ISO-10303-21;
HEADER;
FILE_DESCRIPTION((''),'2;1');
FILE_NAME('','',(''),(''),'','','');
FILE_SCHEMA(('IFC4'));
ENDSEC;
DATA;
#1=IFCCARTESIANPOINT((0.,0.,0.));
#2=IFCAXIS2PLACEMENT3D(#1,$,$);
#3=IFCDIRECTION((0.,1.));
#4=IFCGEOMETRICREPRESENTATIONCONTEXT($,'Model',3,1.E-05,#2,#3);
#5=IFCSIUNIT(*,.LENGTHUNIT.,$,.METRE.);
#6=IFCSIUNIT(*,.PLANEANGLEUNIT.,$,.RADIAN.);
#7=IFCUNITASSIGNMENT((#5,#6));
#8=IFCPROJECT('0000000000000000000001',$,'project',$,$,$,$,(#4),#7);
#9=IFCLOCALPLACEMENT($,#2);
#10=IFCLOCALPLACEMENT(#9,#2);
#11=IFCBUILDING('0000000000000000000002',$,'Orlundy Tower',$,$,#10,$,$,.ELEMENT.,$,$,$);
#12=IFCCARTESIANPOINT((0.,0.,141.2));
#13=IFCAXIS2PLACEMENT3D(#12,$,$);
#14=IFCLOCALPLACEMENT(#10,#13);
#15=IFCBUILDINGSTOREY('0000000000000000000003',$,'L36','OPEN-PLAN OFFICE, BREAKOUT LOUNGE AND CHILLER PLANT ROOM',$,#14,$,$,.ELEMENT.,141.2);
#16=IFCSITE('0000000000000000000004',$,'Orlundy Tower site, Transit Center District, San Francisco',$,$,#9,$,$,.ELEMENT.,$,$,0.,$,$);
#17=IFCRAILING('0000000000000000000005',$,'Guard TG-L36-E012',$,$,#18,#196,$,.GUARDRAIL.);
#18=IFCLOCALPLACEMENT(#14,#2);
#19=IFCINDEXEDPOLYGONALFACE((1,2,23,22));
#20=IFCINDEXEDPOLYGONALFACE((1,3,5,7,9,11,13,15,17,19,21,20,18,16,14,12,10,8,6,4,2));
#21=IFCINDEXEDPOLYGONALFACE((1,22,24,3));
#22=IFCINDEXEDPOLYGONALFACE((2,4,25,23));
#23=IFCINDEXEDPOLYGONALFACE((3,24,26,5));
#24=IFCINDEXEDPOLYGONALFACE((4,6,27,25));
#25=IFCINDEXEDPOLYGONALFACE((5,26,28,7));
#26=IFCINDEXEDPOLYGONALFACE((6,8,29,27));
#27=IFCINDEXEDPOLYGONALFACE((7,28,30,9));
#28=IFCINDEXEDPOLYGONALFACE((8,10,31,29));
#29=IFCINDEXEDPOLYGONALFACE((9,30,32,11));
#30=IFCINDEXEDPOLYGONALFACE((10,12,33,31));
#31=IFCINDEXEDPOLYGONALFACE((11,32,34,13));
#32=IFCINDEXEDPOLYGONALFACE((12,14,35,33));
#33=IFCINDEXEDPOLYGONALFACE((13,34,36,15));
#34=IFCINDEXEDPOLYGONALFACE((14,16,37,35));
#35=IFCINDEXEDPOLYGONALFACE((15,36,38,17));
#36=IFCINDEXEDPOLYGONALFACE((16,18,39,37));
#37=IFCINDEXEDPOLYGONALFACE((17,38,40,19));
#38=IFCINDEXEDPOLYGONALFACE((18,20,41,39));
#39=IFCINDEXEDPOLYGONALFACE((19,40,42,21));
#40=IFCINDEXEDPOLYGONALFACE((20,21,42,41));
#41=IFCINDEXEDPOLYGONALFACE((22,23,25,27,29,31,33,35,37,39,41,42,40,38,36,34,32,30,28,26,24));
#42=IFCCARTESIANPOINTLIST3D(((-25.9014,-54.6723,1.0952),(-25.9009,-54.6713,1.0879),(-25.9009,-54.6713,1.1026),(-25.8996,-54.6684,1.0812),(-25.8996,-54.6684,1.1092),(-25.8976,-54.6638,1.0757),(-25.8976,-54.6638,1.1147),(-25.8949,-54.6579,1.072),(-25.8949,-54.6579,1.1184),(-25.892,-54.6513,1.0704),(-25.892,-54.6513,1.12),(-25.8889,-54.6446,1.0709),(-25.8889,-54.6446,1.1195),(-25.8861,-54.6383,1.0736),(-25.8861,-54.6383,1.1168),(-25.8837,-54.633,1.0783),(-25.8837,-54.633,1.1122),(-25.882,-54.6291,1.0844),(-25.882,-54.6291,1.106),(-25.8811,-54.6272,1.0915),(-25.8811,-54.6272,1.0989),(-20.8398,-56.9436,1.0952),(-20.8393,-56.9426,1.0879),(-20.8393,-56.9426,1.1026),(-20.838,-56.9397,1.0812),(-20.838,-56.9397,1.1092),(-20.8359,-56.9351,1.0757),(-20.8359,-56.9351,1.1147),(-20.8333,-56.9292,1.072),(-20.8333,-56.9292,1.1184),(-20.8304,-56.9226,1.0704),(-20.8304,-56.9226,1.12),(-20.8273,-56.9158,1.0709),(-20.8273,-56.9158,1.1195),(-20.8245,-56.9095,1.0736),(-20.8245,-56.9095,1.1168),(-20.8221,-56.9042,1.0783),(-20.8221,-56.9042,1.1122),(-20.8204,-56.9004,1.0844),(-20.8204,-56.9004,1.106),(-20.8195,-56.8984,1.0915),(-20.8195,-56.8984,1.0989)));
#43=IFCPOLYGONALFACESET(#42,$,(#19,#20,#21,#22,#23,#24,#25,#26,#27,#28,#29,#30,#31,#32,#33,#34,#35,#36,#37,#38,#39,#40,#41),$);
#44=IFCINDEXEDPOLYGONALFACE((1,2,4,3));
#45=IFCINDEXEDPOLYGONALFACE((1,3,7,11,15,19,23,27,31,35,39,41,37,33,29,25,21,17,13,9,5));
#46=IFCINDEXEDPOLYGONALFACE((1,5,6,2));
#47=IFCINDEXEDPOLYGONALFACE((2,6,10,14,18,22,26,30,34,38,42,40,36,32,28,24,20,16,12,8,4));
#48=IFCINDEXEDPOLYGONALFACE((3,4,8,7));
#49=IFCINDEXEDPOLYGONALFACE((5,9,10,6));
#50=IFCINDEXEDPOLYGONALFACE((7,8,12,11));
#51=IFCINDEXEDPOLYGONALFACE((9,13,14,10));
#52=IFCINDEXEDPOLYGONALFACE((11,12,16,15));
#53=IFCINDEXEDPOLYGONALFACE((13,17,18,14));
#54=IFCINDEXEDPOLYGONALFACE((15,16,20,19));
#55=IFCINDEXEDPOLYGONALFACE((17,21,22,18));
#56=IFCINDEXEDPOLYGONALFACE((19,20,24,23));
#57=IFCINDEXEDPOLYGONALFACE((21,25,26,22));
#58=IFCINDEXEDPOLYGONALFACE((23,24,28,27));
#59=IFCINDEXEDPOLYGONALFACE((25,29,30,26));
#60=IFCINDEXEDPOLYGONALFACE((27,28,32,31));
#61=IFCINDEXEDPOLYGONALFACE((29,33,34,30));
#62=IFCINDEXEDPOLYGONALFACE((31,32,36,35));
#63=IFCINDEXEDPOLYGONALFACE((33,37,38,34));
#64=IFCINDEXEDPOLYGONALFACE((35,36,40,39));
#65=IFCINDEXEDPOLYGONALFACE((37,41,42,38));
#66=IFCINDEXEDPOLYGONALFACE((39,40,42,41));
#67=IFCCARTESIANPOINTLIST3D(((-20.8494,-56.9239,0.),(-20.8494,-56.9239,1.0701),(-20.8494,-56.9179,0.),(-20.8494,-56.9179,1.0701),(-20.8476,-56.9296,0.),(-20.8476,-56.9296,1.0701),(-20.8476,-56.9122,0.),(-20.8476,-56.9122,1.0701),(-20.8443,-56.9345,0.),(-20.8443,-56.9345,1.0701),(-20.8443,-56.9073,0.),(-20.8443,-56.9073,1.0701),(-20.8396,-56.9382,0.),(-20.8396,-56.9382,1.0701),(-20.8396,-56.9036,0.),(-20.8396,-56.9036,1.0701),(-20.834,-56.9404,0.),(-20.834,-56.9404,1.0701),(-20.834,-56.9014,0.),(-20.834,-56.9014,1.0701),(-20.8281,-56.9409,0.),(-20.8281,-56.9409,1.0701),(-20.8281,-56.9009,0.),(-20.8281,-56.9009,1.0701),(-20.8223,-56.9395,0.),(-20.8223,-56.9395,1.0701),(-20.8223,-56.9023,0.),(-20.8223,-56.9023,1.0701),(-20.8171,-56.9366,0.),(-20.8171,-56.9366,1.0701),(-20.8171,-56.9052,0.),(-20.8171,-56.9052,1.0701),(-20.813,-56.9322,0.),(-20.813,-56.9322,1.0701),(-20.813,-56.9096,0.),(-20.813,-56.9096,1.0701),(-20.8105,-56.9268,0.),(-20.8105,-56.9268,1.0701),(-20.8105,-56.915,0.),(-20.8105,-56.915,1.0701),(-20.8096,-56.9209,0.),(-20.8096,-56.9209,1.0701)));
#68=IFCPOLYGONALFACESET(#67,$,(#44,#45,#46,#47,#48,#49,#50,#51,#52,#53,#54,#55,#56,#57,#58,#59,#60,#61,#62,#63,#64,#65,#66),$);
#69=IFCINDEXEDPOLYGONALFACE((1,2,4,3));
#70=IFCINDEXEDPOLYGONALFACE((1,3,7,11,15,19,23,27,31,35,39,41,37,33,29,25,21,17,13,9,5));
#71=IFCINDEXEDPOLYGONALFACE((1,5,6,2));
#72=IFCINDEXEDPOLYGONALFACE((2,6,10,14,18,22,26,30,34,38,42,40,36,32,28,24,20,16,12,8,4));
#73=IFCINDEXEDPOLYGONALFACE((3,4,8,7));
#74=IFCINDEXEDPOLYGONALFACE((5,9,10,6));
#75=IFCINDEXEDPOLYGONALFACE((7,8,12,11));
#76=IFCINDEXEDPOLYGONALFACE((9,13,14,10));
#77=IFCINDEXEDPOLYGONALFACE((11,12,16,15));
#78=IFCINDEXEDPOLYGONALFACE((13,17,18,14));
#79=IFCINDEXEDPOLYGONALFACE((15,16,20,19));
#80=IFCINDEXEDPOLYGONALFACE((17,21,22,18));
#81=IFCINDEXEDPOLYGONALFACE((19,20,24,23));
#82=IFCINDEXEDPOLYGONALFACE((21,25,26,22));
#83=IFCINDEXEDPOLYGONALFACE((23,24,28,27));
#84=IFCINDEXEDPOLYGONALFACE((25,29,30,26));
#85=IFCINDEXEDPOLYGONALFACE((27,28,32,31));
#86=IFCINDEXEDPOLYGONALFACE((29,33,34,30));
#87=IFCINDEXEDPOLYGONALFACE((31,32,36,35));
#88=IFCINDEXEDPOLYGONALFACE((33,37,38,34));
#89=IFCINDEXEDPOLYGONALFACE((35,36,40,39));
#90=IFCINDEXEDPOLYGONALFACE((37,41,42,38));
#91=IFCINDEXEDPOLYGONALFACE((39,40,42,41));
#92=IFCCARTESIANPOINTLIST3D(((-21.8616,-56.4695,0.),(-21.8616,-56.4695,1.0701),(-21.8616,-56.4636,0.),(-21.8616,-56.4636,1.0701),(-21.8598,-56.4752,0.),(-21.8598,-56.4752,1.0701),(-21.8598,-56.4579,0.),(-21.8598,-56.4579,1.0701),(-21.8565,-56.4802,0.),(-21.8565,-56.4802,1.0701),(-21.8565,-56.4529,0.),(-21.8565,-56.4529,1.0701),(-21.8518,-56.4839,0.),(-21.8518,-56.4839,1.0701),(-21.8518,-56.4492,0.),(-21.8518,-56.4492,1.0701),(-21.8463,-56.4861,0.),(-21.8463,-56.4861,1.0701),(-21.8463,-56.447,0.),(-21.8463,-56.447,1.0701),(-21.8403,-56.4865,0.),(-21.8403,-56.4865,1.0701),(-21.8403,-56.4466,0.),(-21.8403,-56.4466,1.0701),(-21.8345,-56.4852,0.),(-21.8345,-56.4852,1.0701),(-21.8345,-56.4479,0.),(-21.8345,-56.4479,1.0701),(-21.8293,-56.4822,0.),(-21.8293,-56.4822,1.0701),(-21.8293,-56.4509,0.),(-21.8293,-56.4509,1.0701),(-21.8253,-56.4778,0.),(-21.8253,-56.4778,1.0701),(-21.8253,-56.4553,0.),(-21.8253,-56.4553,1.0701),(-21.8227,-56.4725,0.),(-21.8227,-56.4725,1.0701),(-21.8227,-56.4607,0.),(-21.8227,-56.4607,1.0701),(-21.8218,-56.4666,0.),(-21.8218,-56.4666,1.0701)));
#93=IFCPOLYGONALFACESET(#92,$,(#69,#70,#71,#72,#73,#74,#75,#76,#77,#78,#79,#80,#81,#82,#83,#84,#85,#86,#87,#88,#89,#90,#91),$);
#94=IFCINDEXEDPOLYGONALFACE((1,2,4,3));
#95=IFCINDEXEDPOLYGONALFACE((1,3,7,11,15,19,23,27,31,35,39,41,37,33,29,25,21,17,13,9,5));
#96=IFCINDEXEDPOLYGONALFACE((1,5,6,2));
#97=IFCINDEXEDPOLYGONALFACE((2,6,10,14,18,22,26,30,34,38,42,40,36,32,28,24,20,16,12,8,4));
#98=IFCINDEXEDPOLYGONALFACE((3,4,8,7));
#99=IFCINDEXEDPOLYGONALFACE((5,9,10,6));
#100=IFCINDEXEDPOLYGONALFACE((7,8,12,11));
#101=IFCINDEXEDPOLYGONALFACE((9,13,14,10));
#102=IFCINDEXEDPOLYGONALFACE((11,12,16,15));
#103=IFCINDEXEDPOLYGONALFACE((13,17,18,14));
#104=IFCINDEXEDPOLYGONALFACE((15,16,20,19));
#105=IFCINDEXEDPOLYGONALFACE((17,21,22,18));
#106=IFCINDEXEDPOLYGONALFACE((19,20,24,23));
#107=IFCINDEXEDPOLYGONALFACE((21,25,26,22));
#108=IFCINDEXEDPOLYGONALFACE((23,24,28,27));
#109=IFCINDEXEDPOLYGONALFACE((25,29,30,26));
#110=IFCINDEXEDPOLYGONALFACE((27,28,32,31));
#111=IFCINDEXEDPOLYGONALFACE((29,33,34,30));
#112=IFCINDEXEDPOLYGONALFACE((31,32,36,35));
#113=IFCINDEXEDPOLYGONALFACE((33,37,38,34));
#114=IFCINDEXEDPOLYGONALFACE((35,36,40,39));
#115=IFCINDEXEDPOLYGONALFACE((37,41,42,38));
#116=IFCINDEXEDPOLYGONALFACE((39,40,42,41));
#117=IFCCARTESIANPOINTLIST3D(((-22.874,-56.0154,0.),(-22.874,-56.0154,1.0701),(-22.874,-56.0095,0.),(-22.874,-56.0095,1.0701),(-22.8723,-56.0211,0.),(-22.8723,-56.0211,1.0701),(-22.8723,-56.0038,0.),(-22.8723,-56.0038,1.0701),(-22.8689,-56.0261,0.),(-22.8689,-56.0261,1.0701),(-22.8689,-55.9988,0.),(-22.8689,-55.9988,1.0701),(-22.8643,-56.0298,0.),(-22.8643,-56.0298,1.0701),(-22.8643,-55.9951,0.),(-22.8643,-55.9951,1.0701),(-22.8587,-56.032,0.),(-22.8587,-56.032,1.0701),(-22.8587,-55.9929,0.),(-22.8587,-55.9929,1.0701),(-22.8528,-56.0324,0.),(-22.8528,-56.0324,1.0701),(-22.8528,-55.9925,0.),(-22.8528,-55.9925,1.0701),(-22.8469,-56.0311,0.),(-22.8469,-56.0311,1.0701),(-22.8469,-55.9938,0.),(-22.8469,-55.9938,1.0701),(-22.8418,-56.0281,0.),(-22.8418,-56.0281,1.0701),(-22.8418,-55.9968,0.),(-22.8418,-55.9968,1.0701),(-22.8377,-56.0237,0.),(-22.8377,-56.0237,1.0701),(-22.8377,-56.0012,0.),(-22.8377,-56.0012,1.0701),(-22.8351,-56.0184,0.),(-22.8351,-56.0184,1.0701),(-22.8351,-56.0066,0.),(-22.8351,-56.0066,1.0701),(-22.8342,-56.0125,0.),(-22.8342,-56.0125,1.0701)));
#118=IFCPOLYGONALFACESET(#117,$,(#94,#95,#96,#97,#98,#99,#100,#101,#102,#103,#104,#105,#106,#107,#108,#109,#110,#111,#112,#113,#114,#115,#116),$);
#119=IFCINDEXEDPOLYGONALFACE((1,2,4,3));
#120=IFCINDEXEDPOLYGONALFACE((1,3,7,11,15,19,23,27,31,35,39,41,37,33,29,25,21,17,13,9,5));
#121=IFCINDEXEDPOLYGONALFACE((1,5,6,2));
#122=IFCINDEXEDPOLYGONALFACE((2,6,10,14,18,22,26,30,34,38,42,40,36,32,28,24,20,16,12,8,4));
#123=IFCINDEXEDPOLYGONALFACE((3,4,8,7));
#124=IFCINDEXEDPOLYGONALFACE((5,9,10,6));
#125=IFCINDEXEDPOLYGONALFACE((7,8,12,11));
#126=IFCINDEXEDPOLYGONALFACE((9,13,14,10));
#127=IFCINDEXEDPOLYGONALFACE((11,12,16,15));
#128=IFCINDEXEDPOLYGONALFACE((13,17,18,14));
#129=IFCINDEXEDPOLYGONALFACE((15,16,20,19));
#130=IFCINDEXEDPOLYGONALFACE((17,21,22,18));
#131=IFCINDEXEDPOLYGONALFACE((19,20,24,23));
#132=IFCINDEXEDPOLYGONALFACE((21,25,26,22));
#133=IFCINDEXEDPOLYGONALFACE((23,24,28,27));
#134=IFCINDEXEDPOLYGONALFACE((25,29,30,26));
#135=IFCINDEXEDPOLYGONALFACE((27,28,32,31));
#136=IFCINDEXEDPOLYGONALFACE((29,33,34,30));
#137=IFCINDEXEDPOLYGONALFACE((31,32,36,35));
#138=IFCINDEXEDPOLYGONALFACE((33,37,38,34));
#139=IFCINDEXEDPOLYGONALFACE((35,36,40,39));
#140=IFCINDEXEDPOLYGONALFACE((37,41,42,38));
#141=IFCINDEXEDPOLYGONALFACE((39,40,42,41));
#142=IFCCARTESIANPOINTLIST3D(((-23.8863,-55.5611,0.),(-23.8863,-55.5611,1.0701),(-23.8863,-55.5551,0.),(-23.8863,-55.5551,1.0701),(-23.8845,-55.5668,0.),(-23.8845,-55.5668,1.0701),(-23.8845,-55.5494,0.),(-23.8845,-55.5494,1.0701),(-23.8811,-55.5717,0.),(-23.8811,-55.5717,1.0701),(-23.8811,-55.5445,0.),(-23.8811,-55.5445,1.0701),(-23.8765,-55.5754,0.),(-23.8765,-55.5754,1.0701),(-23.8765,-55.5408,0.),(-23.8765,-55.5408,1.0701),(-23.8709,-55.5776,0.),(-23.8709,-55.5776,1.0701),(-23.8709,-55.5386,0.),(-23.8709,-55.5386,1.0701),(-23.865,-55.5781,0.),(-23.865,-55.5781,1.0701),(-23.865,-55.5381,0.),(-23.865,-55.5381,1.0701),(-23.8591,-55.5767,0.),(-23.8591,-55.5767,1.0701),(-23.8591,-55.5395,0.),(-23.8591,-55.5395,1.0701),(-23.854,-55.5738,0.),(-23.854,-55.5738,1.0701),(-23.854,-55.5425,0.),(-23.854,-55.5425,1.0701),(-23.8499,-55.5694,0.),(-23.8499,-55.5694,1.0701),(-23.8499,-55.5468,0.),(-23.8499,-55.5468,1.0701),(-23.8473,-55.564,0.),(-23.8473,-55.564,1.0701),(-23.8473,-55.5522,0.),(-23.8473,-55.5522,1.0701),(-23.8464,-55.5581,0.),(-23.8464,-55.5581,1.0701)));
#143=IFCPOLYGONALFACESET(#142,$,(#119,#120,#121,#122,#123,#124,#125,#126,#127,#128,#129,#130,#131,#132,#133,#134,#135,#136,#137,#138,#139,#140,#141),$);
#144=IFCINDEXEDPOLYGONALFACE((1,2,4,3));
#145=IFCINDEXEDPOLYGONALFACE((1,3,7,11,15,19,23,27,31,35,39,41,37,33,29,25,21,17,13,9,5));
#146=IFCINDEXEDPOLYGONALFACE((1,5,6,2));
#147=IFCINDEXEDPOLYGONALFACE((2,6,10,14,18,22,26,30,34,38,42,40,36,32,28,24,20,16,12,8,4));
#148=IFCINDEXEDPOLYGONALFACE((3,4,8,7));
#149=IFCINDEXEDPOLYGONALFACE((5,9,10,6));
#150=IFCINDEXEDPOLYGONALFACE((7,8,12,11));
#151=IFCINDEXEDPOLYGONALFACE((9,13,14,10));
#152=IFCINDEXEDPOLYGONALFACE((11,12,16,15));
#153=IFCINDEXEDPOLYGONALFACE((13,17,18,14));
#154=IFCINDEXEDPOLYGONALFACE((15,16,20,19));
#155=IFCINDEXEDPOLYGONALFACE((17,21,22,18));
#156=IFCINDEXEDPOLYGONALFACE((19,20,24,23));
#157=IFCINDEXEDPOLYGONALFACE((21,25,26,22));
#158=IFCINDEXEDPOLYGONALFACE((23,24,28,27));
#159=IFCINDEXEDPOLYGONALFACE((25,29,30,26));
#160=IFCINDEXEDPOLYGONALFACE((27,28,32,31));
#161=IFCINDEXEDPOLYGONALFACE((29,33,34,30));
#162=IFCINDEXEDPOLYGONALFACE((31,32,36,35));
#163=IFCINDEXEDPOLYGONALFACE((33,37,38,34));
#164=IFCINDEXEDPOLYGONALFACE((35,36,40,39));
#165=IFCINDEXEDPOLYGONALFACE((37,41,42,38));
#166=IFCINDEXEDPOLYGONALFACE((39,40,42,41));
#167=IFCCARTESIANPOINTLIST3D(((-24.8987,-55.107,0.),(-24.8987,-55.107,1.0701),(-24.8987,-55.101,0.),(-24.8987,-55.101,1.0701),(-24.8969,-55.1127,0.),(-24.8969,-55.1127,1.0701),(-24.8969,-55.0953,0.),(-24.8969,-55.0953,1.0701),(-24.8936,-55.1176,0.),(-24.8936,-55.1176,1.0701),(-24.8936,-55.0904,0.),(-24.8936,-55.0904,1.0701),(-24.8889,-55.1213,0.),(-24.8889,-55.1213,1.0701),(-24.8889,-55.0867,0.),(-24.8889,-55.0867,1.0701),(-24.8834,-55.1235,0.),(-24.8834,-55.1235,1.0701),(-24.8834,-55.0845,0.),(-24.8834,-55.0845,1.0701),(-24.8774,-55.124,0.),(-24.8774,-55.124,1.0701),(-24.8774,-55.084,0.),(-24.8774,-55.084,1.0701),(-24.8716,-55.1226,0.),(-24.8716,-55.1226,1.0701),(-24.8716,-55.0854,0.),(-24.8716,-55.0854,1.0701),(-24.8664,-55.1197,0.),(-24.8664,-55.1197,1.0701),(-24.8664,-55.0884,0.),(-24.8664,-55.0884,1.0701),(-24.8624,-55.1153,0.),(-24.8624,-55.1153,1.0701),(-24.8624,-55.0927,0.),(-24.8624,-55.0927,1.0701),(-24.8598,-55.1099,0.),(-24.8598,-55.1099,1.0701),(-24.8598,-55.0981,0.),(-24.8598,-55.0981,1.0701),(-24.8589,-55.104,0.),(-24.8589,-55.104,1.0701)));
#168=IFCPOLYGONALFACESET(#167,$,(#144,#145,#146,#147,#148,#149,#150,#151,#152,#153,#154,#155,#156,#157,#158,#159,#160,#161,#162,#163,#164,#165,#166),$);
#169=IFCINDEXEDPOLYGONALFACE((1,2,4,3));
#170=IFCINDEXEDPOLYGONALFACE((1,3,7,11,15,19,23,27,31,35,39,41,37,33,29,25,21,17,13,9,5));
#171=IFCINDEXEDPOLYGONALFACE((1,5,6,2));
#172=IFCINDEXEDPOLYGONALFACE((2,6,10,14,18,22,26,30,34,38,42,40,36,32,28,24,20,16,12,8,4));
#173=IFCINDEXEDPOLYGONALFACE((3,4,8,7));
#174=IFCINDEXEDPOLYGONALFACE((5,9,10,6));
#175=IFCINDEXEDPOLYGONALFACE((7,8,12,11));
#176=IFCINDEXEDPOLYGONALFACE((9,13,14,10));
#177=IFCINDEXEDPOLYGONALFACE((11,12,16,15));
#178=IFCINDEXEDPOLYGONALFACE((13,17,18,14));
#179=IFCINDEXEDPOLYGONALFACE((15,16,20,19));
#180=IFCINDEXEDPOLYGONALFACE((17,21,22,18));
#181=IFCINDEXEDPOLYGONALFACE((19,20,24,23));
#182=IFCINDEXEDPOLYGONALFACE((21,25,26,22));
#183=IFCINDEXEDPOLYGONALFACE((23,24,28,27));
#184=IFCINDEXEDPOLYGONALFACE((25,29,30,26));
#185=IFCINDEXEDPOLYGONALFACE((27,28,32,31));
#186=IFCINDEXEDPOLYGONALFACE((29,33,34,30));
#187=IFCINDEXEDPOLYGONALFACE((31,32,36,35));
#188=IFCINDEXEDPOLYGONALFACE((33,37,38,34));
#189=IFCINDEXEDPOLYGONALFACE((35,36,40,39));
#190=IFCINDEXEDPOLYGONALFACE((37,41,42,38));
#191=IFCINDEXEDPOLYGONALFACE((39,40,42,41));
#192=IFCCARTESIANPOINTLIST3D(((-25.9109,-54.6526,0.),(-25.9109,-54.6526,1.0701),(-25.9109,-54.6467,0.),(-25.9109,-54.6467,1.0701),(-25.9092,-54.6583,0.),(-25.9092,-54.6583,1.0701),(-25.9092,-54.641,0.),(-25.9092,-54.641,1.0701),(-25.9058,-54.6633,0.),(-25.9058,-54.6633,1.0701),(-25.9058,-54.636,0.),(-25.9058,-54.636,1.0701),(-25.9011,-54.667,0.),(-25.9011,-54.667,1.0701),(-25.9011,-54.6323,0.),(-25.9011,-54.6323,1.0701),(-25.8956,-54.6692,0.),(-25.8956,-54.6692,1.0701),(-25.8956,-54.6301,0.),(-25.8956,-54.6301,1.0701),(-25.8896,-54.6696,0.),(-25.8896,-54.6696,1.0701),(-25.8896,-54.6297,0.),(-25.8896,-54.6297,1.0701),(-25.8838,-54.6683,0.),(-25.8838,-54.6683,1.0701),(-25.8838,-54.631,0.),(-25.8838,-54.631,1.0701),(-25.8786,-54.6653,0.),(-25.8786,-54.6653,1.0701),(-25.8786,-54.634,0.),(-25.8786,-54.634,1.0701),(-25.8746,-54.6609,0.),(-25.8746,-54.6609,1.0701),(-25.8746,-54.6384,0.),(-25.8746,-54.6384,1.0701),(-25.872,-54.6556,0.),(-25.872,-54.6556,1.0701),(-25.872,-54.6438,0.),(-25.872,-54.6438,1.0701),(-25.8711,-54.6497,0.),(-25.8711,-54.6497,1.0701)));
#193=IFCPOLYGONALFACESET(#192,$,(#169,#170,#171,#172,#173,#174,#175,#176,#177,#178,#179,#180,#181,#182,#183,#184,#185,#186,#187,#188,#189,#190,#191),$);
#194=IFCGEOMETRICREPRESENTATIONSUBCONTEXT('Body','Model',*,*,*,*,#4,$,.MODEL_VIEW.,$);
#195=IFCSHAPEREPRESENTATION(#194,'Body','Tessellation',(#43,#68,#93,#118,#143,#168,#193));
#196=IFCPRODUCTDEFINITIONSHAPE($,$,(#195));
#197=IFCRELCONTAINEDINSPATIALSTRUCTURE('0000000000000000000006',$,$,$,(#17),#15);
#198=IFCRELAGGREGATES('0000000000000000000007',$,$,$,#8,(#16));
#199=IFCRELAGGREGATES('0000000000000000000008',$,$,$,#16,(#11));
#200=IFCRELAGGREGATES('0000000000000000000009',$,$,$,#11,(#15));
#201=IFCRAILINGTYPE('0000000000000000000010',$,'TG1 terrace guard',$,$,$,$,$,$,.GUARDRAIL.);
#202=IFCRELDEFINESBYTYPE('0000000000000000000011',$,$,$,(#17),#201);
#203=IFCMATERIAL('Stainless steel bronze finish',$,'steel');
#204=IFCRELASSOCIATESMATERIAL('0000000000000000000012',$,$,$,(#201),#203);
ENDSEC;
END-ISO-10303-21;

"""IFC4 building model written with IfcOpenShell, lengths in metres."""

from ifc_helpers import new_model, si_unit, direction, frame, origin, origin_2d, place, context, subcontext, project, spatial, circle, extrude, material, type_object, element, save


model = new_model("IFC4")

# Units and contexts
model_context = context("Model", 3, precision=1e-05, world=origin(), true_north=direction((0.0, 1.0)))
body_context = subcontext(model_context, "Body", "Model", "MODEL_VIEW")
ifc_project = project(units=[si_unit("LENGTHUNIT", "METRE"), si_unit("PLANEANGLEUNIT", "RADIAN")], contexts=[model_context])

# Site, building, storey
site_placement = place(None, origin())
site = spatial("IfcSite", under=ifc_project, at=site_placement, Name="Orlundy Tower site, Transit Center District, San Francisco", CompositionType="ELEMENT", RefElevation=0.0)
building_placement = place(site_placement, origin())
building = spatial("IfcBuilding", under=site, at=building_placement, Name="Orlundy Tower", CompositionType="ELEMENT")
storey_placement = place(building_placement, frame((0.0, 0.0, 141.2)))
storey = spatial("IfcBuildingStorey", under=building, at=storey_placement, Name="L36", Description="OPEN-PLAN OFFICE, BREAKOUT LOUNGE AND CHILLER PLANT ROOM", CompositionType="ELEMENT", Elevation=141.2)

# Railing
ifc_material_1 = material(Name="Stainless steel bronze finish", Category="steel")
railing_type = type_object("IfcRailingType", Name="TG1 terrace guard", PredefinedType="GUARDRAIL", material=ifc_material_1)
railing_1_placement = place(storey_placement, frame((-20.8296, -56.9209, 0.0)))
element("IfcRailing", 1, at=railing_1_placement, inside=storey, type_object=railing_type, Name="Guard TG-L36-E012", PredefinedType="GUARDRAIL", context=body_context, shape_type="SweptSolid", body=[
    extrude(circle(Radius=0.0249, at=origin_2d()), frame((0.0, 0.0, 1.0952), z_axis=(-0.912356, 0.409398, 0.0), x_axis=(-0.409398, -0.912356, 0.0)), (0.0, 0.0, 1.0), 5.5479),
    extrude(circle(Radius=0.02, at=origin_2d()), origin(), (0.0, 0.0, 1.0), 1.0701),
    extrude(circle(Radius=0.02, at=origin_2d()), frame((-1.0122, 0.4543, 0.0)), (0.0, 0.0, 1.0), 1.0701),
    extrude(circle(Radius=0.02, at=origin_2d()), frame((-2.0247, 0.9084, 0.0)), (0.0, 0.0, 1.0), 1.0701),
    extrude(circle(Radius=0.02, at=origin_2d()), frame((-3.0369, 1.3628, 0.0)), (0.0, 0.0, 1.0), 1.0701),
    extrude(circle(Radius=0.02, at=origin_2d()), frame((-4.0493, 1.8169, 0.0)), (0.0, 0.0, 1.0), 1.0701),
    extrude(circle(Radius=0.02, at=origin_2d()), frame((-5.0615, 2.2712, 0.0)), (0.0, 0.0, 1.0), 1.0701),
])

save(model, "model.ifc")
